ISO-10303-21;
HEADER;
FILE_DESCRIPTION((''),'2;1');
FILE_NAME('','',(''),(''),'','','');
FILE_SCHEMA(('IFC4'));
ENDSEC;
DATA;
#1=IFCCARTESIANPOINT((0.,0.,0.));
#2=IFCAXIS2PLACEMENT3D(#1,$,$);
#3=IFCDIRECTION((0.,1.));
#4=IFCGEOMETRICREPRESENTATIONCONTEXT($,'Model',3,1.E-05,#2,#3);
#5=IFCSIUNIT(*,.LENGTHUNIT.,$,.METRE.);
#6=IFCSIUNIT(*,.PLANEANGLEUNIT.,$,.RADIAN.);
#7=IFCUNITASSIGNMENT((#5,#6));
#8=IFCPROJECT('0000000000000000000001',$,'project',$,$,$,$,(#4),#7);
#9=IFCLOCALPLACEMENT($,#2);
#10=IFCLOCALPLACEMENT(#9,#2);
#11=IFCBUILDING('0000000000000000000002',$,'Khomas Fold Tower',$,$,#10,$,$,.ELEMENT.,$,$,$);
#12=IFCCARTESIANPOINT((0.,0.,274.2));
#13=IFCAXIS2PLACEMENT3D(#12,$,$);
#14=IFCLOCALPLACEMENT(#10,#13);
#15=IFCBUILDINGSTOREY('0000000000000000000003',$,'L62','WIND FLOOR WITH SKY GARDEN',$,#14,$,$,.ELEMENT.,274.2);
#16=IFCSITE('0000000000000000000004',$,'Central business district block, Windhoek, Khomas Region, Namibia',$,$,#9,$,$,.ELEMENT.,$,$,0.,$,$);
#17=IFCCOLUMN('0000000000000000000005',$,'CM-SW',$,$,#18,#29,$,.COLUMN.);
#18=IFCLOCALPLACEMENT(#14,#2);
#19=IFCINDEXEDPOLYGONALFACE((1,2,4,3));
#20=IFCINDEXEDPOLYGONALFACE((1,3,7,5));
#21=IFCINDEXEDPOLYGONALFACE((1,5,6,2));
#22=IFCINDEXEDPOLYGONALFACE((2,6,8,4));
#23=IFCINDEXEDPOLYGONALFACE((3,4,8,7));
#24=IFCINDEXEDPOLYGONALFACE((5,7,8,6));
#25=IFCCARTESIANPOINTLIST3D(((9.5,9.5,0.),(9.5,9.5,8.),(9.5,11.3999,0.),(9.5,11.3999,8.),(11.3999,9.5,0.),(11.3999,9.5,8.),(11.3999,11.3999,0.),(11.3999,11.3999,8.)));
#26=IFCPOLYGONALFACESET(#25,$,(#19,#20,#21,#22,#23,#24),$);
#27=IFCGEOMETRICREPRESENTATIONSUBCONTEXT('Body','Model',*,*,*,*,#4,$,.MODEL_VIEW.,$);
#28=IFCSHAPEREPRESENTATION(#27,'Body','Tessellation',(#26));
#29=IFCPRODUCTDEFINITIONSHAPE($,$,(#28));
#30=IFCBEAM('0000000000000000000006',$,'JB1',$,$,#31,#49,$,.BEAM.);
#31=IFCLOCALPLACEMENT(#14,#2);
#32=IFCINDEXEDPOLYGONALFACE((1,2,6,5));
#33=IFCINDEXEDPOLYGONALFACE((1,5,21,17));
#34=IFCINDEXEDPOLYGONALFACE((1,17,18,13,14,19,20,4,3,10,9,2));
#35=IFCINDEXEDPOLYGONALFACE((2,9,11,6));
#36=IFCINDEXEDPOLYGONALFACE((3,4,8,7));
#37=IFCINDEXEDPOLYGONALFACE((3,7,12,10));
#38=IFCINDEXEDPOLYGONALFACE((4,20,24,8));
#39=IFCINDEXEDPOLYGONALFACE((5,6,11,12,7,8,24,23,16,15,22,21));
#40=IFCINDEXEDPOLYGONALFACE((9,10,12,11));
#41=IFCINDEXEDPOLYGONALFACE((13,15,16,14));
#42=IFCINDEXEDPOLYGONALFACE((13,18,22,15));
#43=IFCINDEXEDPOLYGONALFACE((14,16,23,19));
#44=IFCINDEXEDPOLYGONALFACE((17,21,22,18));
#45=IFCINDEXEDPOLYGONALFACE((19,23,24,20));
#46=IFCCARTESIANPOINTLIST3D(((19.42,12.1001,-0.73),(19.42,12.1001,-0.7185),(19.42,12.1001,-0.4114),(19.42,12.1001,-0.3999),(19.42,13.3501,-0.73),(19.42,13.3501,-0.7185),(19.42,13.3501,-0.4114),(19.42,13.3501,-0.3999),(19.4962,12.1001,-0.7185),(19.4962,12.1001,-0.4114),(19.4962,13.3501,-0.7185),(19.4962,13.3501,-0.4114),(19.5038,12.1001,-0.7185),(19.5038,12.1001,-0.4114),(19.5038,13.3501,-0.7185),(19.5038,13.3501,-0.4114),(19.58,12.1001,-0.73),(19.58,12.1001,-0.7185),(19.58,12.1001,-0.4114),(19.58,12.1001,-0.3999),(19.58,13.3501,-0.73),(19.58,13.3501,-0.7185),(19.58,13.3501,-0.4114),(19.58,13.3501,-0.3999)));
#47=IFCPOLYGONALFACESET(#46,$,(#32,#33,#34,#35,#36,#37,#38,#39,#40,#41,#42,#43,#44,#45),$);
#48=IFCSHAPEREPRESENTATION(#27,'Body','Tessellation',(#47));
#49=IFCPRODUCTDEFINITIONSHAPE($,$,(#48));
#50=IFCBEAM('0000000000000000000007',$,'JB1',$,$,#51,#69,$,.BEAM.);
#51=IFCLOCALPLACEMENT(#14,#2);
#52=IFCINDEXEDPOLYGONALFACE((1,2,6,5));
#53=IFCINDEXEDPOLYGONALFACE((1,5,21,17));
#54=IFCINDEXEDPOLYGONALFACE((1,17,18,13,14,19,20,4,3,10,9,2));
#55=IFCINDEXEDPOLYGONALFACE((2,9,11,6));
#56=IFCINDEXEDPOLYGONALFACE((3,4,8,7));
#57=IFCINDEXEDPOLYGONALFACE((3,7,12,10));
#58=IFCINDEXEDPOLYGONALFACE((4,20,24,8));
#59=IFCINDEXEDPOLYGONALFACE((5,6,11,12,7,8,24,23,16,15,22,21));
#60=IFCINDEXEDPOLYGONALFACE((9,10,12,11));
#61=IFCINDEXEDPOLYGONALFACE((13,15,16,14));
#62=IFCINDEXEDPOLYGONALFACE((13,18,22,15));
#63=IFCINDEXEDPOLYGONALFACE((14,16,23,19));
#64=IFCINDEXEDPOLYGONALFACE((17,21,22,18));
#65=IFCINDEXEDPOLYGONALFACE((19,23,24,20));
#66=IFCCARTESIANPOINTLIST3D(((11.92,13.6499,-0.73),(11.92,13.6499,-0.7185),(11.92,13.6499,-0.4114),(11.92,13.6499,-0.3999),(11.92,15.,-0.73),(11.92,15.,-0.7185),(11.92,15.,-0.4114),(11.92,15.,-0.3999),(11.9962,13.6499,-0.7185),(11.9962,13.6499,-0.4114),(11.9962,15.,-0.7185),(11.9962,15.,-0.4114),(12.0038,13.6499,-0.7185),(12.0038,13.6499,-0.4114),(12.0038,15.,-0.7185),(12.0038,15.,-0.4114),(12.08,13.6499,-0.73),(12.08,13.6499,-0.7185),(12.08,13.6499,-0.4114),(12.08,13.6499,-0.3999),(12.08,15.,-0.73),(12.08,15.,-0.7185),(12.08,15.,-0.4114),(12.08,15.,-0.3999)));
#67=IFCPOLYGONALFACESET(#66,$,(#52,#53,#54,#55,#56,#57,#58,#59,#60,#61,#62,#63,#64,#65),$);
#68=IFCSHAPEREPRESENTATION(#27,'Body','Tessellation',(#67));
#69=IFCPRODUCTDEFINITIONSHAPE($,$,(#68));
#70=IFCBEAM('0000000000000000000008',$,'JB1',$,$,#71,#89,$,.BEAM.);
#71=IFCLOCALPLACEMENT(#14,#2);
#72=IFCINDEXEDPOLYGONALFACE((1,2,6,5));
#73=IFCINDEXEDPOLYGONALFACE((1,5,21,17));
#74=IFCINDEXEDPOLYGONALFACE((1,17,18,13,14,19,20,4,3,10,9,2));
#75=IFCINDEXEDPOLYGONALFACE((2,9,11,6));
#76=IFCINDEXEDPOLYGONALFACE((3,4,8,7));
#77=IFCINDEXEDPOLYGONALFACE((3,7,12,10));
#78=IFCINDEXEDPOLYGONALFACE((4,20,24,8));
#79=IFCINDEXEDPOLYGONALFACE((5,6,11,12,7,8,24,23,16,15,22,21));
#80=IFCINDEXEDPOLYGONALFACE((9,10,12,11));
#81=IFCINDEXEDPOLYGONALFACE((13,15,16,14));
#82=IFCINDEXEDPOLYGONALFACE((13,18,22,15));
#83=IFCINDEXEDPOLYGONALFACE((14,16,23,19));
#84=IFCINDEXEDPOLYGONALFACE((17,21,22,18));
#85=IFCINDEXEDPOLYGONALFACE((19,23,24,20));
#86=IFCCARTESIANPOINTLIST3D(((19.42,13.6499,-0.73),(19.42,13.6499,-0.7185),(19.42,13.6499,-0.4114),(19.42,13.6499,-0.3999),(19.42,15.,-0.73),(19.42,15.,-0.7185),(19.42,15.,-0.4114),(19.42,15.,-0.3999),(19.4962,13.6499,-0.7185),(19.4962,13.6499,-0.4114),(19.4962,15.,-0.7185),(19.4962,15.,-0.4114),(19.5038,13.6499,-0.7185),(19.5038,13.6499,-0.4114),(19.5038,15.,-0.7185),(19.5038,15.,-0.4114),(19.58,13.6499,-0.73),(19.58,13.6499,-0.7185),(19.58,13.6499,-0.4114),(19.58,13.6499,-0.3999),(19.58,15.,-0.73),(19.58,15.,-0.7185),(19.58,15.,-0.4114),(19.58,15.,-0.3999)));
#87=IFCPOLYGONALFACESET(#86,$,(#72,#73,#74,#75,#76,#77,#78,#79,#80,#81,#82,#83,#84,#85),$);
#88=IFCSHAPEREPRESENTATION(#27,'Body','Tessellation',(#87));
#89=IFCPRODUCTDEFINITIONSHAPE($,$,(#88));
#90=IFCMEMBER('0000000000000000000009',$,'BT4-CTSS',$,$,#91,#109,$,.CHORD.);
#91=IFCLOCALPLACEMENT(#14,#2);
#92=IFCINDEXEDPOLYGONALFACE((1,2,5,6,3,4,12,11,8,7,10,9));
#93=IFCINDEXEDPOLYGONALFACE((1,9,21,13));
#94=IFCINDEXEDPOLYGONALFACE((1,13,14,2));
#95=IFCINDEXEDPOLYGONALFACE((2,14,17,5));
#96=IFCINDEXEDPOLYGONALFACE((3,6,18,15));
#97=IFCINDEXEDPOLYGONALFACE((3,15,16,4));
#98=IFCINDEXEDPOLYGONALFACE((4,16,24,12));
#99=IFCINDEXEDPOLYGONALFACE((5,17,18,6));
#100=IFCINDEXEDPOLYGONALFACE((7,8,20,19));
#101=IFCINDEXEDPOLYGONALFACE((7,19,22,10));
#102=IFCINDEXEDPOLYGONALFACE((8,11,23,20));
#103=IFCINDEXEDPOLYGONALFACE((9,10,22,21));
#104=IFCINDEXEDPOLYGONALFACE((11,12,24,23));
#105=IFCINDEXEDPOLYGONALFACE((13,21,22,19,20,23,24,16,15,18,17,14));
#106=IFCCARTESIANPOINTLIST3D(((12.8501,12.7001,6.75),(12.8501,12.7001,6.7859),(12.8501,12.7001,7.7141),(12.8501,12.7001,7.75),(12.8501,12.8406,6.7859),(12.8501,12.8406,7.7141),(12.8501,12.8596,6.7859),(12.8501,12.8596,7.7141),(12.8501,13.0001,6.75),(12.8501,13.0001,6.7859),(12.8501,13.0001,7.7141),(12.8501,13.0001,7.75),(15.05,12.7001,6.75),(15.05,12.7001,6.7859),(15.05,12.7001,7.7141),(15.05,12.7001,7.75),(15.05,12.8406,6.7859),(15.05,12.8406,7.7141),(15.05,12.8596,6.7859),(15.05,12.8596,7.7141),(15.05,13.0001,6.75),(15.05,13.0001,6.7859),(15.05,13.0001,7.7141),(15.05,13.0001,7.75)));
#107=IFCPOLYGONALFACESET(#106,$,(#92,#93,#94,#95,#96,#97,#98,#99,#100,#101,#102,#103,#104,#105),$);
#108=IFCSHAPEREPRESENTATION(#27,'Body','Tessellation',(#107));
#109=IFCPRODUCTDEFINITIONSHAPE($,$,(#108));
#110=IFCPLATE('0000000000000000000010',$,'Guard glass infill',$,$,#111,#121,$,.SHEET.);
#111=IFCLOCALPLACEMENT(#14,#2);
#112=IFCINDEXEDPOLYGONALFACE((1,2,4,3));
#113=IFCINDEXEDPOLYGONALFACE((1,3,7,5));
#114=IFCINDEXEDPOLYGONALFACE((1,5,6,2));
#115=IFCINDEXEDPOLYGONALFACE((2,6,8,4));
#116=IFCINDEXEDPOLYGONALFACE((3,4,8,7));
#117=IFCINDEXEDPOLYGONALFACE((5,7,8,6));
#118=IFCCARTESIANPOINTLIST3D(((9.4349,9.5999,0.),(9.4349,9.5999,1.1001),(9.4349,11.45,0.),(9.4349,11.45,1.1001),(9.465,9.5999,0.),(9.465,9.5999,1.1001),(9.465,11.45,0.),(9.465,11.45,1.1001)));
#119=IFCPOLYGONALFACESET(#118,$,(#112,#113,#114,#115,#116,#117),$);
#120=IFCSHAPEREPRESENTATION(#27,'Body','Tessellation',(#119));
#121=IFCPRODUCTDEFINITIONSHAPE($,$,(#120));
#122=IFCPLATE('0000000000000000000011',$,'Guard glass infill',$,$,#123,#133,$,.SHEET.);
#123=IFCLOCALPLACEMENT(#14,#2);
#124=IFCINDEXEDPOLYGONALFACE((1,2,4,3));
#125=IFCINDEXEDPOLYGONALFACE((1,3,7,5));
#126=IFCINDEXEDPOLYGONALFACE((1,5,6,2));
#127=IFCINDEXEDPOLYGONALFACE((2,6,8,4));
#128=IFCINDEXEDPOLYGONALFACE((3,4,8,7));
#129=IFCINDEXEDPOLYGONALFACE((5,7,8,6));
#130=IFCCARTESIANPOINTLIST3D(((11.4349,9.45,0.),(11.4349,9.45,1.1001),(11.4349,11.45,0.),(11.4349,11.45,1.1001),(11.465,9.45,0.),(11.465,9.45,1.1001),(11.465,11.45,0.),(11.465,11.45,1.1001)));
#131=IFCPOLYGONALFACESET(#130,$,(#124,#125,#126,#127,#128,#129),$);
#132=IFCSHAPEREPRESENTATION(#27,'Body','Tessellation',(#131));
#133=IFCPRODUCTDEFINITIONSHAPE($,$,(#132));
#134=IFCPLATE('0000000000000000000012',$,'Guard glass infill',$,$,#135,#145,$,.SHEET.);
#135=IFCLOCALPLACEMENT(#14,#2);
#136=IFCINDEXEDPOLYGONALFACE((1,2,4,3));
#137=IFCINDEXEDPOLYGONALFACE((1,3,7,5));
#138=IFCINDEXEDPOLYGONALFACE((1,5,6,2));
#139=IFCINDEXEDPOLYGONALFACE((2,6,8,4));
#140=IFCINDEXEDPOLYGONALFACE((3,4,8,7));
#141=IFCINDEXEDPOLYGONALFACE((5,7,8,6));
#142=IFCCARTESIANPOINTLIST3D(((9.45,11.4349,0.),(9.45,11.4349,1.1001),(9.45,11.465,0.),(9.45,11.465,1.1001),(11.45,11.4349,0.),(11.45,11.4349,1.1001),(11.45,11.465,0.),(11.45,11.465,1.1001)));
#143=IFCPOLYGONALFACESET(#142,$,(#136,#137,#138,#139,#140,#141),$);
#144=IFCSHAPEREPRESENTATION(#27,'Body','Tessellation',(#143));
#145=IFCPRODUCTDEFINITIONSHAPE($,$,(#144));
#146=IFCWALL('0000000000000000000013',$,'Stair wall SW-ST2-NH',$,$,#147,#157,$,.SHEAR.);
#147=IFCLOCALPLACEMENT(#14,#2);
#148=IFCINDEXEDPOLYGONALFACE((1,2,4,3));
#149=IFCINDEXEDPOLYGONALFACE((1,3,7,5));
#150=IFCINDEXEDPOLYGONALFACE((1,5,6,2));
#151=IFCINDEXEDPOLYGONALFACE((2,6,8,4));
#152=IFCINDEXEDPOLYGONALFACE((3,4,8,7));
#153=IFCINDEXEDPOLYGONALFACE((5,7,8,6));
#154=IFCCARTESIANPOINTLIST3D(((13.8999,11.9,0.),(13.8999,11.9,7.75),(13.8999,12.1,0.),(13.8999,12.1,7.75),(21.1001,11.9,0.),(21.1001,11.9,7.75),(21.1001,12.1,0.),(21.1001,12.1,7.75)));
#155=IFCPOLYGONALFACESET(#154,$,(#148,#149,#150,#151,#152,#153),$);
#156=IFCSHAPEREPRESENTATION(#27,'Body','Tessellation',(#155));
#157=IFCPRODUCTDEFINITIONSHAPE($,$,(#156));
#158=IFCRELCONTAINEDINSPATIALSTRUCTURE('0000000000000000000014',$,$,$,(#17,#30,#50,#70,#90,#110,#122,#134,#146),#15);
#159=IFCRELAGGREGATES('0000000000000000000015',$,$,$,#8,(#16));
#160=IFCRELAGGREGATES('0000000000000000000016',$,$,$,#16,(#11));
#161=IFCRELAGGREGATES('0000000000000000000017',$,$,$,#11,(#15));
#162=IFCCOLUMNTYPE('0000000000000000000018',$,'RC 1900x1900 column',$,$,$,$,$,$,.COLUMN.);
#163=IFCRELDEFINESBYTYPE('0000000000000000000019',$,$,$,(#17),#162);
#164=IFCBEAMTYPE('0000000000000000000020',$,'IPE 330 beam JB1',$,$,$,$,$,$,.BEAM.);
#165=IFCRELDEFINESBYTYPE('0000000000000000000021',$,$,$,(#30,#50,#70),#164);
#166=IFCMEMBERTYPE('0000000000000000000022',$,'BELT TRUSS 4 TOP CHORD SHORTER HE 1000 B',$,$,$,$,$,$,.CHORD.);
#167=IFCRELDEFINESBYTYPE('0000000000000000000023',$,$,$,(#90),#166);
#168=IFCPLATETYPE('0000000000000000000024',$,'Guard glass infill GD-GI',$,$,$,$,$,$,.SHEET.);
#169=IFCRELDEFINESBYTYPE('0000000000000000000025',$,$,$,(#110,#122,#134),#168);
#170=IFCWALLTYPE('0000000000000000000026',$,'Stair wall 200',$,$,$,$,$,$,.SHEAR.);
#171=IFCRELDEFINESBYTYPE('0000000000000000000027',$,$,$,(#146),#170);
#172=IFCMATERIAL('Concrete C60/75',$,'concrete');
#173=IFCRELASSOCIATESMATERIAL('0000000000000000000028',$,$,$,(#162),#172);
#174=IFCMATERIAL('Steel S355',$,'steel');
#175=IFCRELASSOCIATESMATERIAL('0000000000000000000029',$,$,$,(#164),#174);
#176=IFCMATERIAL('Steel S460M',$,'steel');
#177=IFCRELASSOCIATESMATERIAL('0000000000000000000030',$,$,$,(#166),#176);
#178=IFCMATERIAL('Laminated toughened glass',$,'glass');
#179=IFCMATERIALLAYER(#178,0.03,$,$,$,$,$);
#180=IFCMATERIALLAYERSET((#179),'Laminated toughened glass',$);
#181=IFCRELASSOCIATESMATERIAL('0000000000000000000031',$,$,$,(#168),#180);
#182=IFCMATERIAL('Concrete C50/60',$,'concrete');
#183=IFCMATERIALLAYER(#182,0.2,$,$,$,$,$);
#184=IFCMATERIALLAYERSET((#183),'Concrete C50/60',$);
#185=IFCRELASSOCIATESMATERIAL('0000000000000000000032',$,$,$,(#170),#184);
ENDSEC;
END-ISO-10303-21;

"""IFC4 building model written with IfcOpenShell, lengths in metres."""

from ifc_helpers import new_model, si_unit, direction, frame, frame_2d, origin, origin_2d, place, context, subcontext, project, spatial, rectangle, i_section, extrude, source, transform, mapped, material, layer, layer_set, material_profile, profile_set, type_object, element, save


model = new_model("IFC4")

# Units and contexts
model_context = context("Model", 3, precision=1e-05, world=origin(), true_north=direction((0.0, 1.0)))
body_context = subcontext(model_context, "Body", "Model", "MODEL_VIEW")
ifc_project = project(units=[si_unit("LENGTHUNIT", "METRE"), si_unit("PLANEANGLEUNIT", "RADIAN")], contexts=[model_context])

# Site, building, storey
site_placement = place(None, origin())
site = spatial("IfcSite", under=ifc_project, at=site_placement, Name="Central business district block, Windhoek, Khomas Region, Namibia", CompositionType="ELEMENT", RefElevation=0.0)
building_placement = place(site_placement, origin())
building = spatial("IfcBuilding", under=site, at=building_placement, Name="Khomas Fold Tower", CompositionType="ELEMENT")
storey_placement = place(building_placement, frame((0.0, 0.0, 274.2)))
storey = spatial("IfcBuildingStorey", under=building, at=storey_placement, Name="L62", Description="WIND FLOOR WITH SKY GARDEN", CompositionType="ELEMENT", Elevation=274.2)

# Column
ifc_material_1 = material(Name="Concrete C60/75", Category="concrete")
ifc_material_profile_1 = material_profile(ifc_material_1, rectangle(XDim=1.8999, YDim=1.8999, at=origin_2d()), Name="RC 1900x1900")
ifc_profile_set_1 = profile_set([ifc_material_profile_1], Name="Concrete C60/75")
column_type = type_object("IfcColumnType", Name="RC 1900x1900 column", PredefinedType="COLUMN", material=ifc_profile_set_1)
shared_shape_1 = source(origin(), body_context, "Body", "SweptSolid", [
    extrude(rectangle(XDim=1.8999, YDim=1.8999, at=origin_2d()), origin(), (0.0, 0.0, 1.0), 8.0),
])
column_placement = place(storey_placement, frame((10.45, 10.45, 0.0), z_axis=(0.0, 0.0, 1.0), x_axis=(1.0, 0.0, 0.0)))
element("IfcColumn", 1, at=column_placement, inside=storey, type_object=column_type, Name="CM-SW", PredefinedType="COLUMN", context=body_context, shape_type="MappedRepresentation", body=[
    mapped(shared_shape_1, transform((0.0, 0.0, 0.0))),
])

# Beams
ifc_material_2 = material(Name="Steel S355", Category="steel")
ifc_material_profile_2 = material_profile(ifc_material_2, i_section(OverallWidth=0.1599, OverallDepth=0.3301, WebThickness=0.0076, FlangeThickness=0.0115, at=origin_2d()), Name="IPE 330")
ifc_profile_set_2 = profile_set([ifc_material_profile_2], Name="Steel S355")
beam_type = type_object("IfcBeamType", Name="IPE 330 beam JB1", PredefinedType="BEAM", material=ifc_profile_set_2)
shared_shape_2 = source(origin(), body_context, "Body", "SweptSolid", [
    extrude(i_section(OverallWidth=0.1599, OverallDepth=0.3301, WebThickness=0.0076, FlangeThickness=0.0115, at=origin_2d()), origin(), (0.0, 0.0, 1.0), 1.25),
])
beam_placement = place(storey_placement, frame((19.5, 12.1001, -0.5649), z_axis=(0.0, 1.0, 0.0), x_axis=(-1.0, 0.0, 0.0)))
element("IfcBeam", 2, at=beam_placement, inside=storey, type_object=beam_type, Name="JB1", PredefinedType="BEAM", context=body_context, shape_type="MappedRepresentation", body=[
    mapped(shared_shape_2, transform((0.0, 0.0, 0.0))),
])
shared_shape_3 = source(origin(), body_context, "Body", "SweptSolid", [
    extrude(i_section(OverallWidth=0.1599, OverallDepth=0.3301, WebThickness=0.0076, FlangeThickness=0.0115, at=origin_2d()), origin(), (0.0, 0.0, 1.0), 1.3501),
])
for number, where, z_axis, x_axis, name in (
    (3, (12.0, 13.6499, -0.5649), (0.0, 1.0, 0.0), (-1.0, 0.0, 0.0), "JB1"),
    (4, (19.5, 13.6499, -0.5649), (0.0, 1.0, 0.0), (-1.0, 0.0, 0.0), "JB1"),
):
    element("IfcBeam", number, at=place(storey_placement, frame(where, z_axis=z_axis, x_axis=x_axis)), inside=storey, type_object=beam_type, Name=name, PredefinedType="BEAM", context=body_context, shape_type="MappedRepresentation", body=[
        mapped(shared_shape_3, transform((0.0, 0.0, 0.0))),
    ])

# Member
ifc_material_3 = material(Name="Steel S460M", Category="steel")
ifc_material_profile_3 = material_profile(ifc_material_3, i_section(OverallWidth=0.3, OverallDepth=1.0, WebThickness=0.019, FlangeThickness=0.0359, at=origin_2d()), Name="HE 1000 B")
ifc_profile_set_3 = profile_set([ifc_material_profile_3], Name="Steel S460M")
member_type = type_object("IfcMemberType", Name="BELT TRUSS 4 TOP CHORD SHORTER HE 1000 B", PredefinedType="CHORD", material=ifc_profile_set_3)
shared_shape_4 = source(origin(), body_context, "Body", "SweptSolid", [
    extrude(i_section(OverallWidth=0.3, OverallDepth=1.0, WebThickness=0.019, FlangeThickness=0.0359, at=origin_2d()), origin(), (0.0, 0.0, 1.0), 2.2),
])
member_placement = place(storey_placement, frame((12.8501, 12.8501, 7.25), z_axis=(1.0, 0.0, 0.0), x_axis=(0.0, 1.0, 0.0)))
element("IfcMember", 5, at=member_placement, inside=storey, type_object=member_type, Name="BT4-CTSS", PredefinedType="CHORD", context=body_context, shape_type="MappedRepresentation", body=[
    mapped(shared_shape_4, transform((0.0, 0.0, 0.0))),
])

# Plates
ifc_material_4 = material(Name="Laminated toughened glass", Category="glass")
ifc_layer_1 = layer(ifc_material_4, 0.03)
ifc_layer_set_1 = layer_set([ifc_layer_1], Name="Laminated toughened glass")
plate_type = type_object("IfcPlateType", Name="Guard glass infill GD-GI", PredefinedType="SHEET", material=ifc_layer_set_1)
shared_shape_5 = source(origin(), body_context, "Body", "SweptSolid", [
    extrude(rectangle(XDim=1.8501, YDim=0.03, at=origin_2d()), origin(), (0.0, 0.0, 1.0), 1.1001),
])
plate_placement = place(storey_placement, frame((9.45, 10.5249, 0.0), z_axis=(0.0, 0.0, 1.0), x_axis=(0.0, -1.0, 0.0)))
element("IfcPlate", 6, at=plate_placement, inside=storey, type_object=plate_type, Name="Guard glass infill", PredefinedType="SHEET", context=body_context, shape_type="MappedRepresentation", body=[
    mapped(shared_shape_5, transform((0.0, 0.0, 0.0))),
])
shared_shape_6 = source(origin(), body_context, "Body", "SweptSolid", [
    extrude(rectangle(XDim=2.0, YDim=0.03, at=origin_2d()), origin(), (0.0, 0.0, 1.0), 1.1001),
])
for number, where, z_axis, x_axis, name in (
    (7, (11.45, 10.45, 0.0), (0.0, 0.0, 1.0), (0.0, 1.0, 0.0), "Guard glass infill"),
    (8, (10.45, 11.45, 0.0), (0.0, 0.0, 1.0), (-1.0, 0.0, 0.0), "Guard glass infill"),
):
    element("IfcPlate", number, at=place(storey_placement, frame(where, z_axis=z_axis, x_axis=x_axis)), inside=storey, type_object=plate_type, Name=name, PredefinedType="SHEET", context=body_context, shape_type="MappedRepresentation", body=[
        mapped(shared_shape_6, transform((0.0, 0.0, 0.0))),
    ])

# Wall
ifc_material_5 = material(Name="Concrete C50/60", Category="concrete")
ifc_layer_2 = layer(ifc_material_5, 0.2)
ifc_layer_set_2 = layer_set([ifc_layer_2], Name="Concrete C50/60")
wall_type = type_object("IfcWallType", Name="Stair wall 200", PredefinedType="SHEAR", material=ifc_layer_set_2)
shared_shape_7 = source(origin(), body_context, "Body", "SweptSolid", [
    extrude(rectangle(XDim=7.2002, YDim=0.2, at=frame_2d((3.6001, 0.0))), origin(), (0.0, 0.0, 1.0), 7.75),
])
wall_placement = place(storey_placement, frame((13.8999, 12.0, 0.0), z_axis=(0.0, 0.0, 1.0), x_axis=(1.0, 0.0, 0.0)))
element("IfcWall", 9, at=wall_placement, inside=storey, type_object=wall_type, Name="Stair wall SW-ST2-NH", PredefinedType="SHEAR", context=body_context, shape_type="MappedRepresentation", body=[
    mapped(shared_shape_7, transform((0.0, 0.0, 0.0))),
])

save(model, "model.ifc")
